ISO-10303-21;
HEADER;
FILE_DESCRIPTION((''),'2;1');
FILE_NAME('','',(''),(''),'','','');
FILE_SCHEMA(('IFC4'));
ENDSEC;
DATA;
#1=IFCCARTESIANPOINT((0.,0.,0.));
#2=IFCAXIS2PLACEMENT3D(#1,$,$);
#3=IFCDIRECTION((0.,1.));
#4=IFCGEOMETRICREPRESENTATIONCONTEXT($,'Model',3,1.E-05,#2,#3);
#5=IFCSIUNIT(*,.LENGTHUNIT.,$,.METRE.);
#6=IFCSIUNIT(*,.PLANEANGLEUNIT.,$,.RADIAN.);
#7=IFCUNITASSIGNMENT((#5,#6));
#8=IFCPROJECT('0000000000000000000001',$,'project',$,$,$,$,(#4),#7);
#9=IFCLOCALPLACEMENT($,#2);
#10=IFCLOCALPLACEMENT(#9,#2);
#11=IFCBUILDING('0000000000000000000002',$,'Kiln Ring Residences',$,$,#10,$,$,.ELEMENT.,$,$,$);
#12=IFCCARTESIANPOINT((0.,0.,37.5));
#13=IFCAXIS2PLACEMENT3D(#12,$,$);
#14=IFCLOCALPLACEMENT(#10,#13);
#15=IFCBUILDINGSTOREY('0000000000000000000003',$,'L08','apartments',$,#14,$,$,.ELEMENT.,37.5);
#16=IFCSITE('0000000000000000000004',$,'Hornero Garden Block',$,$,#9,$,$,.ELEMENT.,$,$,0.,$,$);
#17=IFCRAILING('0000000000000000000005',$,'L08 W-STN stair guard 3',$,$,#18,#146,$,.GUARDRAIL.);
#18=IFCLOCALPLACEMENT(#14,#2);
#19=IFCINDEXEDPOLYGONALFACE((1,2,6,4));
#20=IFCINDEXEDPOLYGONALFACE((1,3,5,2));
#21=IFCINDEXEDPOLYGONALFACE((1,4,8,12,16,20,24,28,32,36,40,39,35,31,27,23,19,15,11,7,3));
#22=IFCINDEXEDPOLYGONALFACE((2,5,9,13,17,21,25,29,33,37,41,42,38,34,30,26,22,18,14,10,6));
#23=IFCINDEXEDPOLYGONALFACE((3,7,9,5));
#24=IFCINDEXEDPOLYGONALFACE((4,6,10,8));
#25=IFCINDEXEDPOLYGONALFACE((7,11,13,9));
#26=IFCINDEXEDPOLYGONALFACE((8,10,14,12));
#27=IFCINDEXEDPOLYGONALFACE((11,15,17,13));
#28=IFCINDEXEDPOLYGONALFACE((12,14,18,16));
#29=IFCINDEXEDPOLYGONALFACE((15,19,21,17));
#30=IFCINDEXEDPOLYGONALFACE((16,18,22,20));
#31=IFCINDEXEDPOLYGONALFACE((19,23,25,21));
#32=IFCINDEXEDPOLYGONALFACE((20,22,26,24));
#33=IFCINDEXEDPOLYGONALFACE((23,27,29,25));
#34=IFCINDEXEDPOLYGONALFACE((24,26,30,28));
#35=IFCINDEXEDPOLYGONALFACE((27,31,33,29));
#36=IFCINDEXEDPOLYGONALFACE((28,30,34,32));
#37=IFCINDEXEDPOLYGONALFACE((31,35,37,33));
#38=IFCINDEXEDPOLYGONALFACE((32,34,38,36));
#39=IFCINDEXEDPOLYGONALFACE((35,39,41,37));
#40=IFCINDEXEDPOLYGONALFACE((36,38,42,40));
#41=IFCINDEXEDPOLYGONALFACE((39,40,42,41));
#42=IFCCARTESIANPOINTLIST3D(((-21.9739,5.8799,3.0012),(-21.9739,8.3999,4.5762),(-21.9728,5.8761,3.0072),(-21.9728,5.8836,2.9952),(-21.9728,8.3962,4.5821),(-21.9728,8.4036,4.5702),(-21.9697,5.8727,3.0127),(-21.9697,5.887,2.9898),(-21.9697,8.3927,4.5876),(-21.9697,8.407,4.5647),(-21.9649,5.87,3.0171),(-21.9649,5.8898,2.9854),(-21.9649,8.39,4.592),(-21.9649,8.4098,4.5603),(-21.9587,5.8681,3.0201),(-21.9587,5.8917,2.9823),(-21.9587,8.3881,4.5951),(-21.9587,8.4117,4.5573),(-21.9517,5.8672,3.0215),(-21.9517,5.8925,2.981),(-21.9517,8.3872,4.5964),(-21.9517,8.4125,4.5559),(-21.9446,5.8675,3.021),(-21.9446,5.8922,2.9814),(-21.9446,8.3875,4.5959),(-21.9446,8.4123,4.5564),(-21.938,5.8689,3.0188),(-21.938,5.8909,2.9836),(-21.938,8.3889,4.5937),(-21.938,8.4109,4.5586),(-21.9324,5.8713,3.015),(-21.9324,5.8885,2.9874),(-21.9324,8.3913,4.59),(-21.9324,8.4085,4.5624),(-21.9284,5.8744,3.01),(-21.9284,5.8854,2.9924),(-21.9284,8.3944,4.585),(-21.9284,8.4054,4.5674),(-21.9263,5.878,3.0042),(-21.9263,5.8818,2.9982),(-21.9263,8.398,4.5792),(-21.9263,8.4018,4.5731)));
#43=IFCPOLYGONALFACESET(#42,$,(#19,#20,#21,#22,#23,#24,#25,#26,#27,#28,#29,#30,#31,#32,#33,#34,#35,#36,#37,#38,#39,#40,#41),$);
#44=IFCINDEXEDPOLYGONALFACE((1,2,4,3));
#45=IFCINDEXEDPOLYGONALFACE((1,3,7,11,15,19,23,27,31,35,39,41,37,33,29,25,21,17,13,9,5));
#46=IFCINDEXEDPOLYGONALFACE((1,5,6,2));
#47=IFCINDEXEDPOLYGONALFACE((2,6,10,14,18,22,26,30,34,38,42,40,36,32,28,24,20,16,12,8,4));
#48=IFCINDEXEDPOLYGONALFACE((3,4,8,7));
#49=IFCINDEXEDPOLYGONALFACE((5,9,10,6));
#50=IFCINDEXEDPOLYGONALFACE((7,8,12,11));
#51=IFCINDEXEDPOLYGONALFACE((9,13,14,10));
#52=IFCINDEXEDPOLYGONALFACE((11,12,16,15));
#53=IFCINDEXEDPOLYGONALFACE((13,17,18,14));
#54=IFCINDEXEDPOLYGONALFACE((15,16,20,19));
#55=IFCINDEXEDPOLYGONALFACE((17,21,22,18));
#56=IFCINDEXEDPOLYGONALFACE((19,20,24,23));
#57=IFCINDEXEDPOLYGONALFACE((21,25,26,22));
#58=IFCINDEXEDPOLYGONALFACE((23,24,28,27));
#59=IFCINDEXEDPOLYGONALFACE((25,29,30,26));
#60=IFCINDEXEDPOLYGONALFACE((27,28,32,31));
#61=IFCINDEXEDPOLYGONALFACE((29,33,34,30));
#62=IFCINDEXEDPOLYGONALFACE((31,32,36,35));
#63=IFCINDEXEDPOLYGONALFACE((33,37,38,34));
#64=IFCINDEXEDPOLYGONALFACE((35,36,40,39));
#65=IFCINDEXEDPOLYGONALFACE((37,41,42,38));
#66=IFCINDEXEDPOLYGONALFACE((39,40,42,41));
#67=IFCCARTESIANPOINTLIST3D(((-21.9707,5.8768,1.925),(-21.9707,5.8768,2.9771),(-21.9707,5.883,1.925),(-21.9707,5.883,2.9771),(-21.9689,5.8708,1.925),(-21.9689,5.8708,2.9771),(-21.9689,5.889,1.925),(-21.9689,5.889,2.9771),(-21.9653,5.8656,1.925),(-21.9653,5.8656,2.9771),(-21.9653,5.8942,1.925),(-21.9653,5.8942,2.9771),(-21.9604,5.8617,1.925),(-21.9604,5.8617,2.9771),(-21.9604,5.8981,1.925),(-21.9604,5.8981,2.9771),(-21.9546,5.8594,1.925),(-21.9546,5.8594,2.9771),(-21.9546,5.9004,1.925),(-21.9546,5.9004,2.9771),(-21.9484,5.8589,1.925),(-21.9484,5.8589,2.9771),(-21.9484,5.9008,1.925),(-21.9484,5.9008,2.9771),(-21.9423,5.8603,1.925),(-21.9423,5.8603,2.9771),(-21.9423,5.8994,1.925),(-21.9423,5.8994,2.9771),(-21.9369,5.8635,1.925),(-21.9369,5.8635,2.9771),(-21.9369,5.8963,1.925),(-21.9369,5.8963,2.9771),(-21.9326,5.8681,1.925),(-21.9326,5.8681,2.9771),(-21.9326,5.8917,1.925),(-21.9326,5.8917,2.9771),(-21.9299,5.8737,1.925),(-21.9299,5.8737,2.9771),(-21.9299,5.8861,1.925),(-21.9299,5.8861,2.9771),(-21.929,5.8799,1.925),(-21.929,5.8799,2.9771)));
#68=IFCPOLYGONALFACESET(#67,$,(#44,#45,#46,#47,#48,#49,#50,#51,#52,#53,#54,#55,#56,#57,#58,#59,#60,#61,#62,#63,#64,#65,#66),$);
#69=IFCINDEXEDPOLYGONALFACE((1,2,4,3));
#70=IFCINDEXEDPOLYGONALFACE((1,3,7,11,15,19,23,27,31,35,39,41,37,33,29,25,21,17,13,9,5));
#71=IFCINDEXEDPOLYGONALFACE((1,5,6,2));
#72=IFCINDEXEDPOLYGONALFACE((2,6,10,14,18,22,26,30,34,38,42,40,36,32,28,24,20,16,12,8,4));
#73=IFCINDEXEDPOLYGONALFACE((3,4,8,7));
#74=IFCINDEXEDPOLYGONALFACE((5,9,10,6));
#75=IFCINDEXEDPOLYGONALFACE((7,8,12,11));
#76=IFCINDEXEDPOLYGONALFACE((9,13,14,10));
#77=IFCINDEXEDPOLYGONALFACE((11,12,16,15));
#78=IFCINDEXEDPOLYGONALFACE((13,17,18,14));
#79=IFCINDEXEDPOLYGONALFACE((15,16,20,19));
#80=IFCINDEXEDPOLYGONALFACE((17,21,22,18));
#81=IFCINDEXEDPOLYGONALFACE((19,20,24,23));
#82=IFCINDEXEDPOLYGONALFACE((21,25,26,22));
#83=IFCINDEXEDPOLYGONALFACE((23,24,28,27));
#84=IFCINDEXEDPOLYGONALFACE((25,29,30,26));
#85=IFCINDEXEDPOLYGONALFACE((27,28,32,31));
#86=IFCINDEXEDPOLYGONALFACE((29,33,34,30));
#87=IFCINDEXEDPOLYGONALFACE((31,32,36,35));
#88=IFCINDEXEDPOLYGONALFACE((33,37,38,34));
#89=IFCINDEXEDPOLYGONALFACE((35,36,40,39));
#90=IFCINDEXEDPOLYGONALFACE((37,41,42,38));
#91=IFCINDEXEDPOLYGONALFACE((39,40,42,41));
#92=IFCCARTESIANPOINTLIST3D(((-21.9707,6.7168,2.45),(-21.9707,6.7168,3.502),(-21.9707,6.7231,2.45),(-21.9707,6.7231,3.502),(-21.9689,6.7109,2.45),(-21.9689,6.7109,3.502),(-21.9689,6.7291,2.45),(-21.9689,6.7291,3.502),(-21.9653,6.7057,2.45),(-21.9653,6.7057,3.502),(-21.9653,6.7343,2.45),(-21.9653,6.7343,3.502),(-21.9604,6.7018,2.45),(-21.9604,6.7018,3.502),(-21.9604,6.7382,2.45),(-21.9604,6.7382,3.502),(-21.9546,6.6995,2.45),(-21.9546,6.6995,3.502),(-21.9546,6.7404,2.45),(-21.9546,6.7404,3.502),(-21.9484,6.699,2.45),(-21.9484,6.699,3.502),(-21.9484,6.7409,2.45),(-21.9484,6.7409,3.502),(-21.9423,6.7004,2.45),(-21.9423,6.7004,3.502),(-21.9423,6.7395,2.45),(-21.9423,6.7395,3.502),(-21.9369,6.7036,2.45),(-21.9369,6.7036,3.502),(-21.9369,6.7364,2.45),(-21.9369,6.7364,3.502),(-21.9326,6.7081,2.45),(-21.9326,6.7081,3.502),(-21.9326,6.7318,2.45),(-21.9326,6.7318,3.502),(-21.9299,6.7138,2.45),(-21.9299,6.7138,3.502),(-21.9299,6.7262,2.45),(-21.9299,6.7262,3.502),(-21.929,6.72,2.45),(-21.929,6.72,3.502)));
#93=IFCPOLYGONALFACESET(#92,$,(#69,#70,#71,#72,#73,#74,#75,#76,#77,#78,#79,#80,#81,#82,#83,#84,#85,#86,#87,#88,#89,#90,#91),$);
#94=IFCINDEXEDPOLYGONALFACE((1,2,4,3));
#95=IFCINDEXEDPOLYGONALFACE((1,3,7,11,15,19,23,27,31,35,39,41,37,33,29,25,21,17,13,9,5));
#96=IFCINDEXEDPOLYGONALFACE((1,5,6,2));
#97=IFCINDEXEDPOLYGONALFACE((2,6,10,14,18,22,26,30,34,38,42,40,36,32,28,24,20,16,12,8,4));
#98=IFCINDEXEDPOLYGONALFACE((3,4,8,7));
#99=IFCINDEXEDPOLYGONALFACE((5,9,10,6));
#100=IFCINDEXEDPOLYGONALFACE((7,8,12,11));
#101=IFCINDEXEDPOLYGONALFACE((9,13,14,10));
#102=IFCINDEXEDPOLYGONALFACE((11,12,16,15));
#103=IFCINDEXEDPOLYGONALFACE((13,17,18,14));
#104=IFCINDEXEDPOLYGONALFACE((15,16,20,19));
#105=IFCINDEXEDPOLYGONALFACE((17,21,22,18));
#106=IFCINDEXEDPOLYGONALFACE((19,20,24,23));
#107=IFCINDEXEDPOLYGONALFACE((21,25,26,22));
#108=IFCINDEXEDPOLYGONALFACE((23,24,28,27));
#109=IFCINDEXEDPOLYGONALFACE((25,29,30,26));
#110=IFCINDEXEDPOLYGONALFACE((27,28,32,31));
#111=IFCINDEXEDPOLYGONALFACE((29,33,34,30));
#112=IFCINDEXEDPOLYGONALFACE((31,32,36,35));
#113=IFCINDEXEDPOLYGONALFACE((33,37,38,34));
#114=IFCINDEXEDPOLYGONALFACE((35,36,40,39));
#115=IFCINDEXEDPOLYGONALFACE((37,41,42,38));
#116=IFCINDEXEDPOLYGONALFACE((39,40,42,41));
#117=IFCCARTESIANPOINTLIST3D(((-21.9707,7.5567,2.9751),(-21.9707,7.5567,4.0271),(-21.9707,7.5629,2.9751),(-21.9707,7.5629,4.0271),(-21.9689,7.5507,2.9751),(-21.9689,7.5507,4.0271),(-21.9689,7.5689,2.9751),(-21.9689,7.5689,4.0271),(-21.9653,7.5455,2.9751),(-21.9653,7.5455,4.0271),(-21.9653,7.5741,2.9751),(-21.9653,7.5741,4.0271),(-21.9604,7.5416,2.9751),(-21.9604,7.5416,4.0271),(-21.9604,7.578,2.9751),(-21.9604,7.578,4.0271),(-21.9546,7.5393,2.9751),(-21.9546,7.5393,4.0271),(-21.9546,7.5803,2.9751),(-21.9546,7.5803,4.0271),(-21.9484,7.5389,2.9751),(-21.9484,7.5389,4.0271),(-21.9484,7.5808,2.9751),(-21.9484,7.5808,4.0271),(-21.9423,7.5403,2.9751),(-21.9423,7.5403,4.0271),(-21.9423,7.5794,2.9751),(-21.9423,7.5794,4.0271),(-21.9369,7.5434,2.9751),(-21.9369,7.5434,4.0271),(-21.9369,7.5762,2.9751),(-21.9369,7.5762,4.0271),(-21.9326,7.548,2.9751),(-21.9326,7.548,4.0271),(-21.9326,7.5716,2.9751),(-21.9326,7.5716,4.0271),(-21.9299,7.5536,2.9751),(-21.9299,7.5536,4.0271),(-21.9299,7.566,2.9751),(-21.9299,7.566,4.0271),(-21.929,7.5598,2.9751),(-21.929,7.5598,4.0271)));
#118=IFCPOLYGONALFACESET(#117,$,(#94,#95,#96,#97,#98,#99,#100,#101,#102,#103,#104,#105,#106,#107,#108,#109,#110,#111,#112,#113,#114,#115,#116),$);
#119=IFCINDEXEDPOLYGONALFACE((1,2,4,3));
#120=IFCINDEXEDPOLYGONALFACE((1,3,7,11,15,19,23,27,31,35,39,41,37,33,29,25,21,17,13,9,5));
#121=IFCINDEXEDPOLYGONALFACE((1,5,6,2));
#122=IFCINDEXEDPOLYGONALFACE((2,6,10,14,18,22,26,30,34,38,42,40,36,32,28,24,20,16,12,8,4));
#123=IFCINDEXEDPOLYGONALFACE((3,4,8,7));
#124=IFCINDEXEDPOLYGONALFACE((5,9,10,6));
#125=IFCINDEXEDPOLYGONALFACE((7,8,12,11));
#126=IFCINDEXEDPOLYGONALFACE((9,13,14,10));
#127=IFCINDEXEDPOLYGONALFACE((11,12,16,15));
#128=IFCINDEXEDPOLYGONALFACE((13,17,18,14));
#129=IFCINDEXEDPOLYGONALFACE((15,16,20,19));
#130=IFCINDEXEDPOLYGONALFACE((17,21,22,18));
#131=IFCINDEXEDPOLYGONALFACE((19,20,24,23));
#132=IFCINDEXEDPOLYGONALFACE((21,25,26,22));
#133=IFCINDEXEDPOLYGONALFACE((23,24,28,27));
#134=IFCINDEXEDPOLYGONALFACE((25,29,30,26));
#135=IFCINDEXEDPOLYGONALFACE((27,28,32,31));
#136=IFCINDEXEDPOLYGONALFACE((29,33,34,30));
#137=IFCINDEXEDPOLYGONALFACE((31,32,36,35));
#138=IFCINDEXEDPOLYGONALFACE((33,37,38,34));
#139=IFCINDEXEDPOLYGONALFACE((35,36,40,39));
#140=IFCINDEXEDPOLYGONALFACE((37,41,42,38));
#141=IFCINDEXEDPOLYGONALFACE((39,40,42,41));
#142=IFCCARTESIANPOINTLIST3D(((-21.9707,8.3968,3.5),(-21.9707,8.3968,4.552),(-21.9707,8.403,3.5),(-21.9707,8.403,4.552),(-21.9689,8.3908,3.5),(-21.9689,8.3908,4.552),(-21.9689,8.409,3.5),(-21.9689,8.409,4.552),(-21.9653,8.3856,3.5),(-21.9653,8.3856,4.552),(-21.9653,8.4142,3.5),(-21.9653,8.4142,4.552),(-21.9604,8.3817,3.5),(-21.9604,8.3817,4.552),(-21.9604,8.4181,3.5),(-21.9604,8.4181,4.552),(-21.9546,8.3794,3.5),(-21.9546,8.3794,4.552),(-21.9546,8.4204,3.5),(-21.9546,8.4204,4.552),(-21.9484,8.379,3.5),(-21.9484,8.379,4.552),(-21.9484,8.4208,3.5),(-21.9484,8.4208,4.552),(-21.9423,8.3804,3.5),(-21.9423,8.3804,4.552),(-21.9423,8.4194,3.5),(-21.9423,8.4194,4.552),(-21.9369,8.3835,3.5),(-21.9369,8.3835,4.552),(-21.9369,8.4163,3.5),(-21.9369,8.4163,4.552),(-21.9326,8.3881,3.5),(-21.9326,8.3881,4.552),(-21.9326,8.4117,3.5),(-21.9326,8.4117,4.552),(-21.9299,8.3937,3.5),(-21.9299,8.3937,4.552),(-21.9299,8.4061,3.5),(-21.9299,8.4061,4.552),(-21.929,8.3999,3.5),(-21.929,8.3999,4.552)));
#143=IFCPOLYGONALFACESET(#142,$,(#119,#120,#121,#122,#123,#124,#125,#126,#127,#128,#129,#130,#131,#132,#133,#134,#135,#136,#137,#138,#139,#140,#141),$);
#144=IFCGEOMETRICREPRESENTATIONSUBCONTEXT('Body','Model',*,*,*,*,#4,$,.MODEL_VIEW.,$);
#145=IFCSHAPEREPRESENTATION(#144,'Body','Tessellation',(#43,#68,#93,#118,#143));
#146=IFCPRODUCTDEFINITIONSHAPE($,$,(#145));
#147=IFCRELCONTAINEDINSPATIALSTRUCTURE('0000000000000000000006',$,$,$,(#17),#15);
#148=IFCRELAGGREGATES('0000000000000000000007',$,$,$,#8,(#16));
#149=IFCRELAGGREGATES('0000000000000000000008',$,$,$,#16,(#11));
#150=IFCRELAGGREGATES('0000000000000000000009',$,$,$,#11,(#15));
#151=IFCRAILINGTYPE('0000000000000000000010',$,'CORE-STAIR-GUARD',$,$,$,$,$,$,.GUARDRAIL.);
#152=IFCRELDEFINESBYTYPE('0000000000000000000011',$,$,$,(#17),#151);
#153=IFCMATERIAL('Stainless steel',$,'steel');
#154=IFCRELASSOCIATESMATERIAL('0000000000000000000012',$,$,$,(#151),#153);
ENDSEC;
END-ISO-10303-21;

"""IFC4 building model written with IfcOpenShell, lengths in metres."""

from ifc_helpers import new_model, si_unit, direction, frame, origin, origin_2d, place, context, subcontext, project, spatial, circle, extrude, material, type_object, element, save


model = new_model("IFC4")

# Units and contexts
model_context = context("Model", 3, precision=1e-05, world=origin(), true_north=direction((0.0, 1.0)))
body_context = subcontext(model_context, "Body", "Model", "MODEL_VIEW")
ifc_project = project(units=[si_unit("LENGTHUNIT", "METRE"), si_unit("PLANEANGLEUNIT", "RADIAN")], contexts=[model_context])

# Site, building, storey
site_placement = place(None, origin())
site = spatial("IfcSite", under=ifc_project, at=site_placement, Name="Hornero Garden Block", CompositionType="ELEMENT", RefElevation=0.0)
building_placement = place(site_placement, origin())
building = spatial("IfcBuilding", under=site, at=building_placement, Name="Kiln Ring Residences", CompositionType="ELEMENT")
storey_placement = place(building_placement, frame((0.0, 0.0, 37.5)))
storey = spatial("IfcBuildingStorey", under=building, at=storey_placement, Name="L08", Description="apartments", CompositionType="ELEMENT", Elevation=37.5)

# Railing
ifc_material_1 = material(Name="Stainless steel", Category="steel")
railing_type_1 = type_object("IfcRailingType", Name="CORE-STAIR-GUARD", PredefinedType="GUARDRAIL", material=ifc_material_1)
railing_1_placement = place(storey_placement, frame((-21.95, 5.8799, 1.925)))
element("IfcRailing", 1, at=railing_1_placement, inside=storey, type_object=railing_type_1, Name="L08 W-STN stair guard 3", PredefinedType="GUARDRAIL", context=body_context, shape_type="SweptSolid", body=[
    extrude(circle(Radius=0.0239, at=origin_2d()), frame((0.0, 0.0, 1.0762), z_axis=(0.0, 0.848008, 0.529984), x_axis=(-1.0, 0.0, 0.0)), (0.0, 0.0, 1.0), 2.9717),
    extrude(circle(Radius=0.021, at=origin_2d()), origin(), (0.0, 0.0, 1.0), 1.052),
    extrude(circle(Radius=0.021, at=origin_2d()), frame((0.0, 0.8401, 0.5249)), (0.0, 0.0, 1.0), 1.052),
    extrude(circle(Radius=0.021, at=origin_2d()), frame((0.0, 1.6799, 1.05)), (0.0, 0.0, 1.0), 1.052),
    extrude(circle(Radius=0.021, at=origin_2d()), frame((0.0, 2.52, 1.575)), (0.0, 0.0, 1.0), 1.052),
])

save(model, "model.ifc")
